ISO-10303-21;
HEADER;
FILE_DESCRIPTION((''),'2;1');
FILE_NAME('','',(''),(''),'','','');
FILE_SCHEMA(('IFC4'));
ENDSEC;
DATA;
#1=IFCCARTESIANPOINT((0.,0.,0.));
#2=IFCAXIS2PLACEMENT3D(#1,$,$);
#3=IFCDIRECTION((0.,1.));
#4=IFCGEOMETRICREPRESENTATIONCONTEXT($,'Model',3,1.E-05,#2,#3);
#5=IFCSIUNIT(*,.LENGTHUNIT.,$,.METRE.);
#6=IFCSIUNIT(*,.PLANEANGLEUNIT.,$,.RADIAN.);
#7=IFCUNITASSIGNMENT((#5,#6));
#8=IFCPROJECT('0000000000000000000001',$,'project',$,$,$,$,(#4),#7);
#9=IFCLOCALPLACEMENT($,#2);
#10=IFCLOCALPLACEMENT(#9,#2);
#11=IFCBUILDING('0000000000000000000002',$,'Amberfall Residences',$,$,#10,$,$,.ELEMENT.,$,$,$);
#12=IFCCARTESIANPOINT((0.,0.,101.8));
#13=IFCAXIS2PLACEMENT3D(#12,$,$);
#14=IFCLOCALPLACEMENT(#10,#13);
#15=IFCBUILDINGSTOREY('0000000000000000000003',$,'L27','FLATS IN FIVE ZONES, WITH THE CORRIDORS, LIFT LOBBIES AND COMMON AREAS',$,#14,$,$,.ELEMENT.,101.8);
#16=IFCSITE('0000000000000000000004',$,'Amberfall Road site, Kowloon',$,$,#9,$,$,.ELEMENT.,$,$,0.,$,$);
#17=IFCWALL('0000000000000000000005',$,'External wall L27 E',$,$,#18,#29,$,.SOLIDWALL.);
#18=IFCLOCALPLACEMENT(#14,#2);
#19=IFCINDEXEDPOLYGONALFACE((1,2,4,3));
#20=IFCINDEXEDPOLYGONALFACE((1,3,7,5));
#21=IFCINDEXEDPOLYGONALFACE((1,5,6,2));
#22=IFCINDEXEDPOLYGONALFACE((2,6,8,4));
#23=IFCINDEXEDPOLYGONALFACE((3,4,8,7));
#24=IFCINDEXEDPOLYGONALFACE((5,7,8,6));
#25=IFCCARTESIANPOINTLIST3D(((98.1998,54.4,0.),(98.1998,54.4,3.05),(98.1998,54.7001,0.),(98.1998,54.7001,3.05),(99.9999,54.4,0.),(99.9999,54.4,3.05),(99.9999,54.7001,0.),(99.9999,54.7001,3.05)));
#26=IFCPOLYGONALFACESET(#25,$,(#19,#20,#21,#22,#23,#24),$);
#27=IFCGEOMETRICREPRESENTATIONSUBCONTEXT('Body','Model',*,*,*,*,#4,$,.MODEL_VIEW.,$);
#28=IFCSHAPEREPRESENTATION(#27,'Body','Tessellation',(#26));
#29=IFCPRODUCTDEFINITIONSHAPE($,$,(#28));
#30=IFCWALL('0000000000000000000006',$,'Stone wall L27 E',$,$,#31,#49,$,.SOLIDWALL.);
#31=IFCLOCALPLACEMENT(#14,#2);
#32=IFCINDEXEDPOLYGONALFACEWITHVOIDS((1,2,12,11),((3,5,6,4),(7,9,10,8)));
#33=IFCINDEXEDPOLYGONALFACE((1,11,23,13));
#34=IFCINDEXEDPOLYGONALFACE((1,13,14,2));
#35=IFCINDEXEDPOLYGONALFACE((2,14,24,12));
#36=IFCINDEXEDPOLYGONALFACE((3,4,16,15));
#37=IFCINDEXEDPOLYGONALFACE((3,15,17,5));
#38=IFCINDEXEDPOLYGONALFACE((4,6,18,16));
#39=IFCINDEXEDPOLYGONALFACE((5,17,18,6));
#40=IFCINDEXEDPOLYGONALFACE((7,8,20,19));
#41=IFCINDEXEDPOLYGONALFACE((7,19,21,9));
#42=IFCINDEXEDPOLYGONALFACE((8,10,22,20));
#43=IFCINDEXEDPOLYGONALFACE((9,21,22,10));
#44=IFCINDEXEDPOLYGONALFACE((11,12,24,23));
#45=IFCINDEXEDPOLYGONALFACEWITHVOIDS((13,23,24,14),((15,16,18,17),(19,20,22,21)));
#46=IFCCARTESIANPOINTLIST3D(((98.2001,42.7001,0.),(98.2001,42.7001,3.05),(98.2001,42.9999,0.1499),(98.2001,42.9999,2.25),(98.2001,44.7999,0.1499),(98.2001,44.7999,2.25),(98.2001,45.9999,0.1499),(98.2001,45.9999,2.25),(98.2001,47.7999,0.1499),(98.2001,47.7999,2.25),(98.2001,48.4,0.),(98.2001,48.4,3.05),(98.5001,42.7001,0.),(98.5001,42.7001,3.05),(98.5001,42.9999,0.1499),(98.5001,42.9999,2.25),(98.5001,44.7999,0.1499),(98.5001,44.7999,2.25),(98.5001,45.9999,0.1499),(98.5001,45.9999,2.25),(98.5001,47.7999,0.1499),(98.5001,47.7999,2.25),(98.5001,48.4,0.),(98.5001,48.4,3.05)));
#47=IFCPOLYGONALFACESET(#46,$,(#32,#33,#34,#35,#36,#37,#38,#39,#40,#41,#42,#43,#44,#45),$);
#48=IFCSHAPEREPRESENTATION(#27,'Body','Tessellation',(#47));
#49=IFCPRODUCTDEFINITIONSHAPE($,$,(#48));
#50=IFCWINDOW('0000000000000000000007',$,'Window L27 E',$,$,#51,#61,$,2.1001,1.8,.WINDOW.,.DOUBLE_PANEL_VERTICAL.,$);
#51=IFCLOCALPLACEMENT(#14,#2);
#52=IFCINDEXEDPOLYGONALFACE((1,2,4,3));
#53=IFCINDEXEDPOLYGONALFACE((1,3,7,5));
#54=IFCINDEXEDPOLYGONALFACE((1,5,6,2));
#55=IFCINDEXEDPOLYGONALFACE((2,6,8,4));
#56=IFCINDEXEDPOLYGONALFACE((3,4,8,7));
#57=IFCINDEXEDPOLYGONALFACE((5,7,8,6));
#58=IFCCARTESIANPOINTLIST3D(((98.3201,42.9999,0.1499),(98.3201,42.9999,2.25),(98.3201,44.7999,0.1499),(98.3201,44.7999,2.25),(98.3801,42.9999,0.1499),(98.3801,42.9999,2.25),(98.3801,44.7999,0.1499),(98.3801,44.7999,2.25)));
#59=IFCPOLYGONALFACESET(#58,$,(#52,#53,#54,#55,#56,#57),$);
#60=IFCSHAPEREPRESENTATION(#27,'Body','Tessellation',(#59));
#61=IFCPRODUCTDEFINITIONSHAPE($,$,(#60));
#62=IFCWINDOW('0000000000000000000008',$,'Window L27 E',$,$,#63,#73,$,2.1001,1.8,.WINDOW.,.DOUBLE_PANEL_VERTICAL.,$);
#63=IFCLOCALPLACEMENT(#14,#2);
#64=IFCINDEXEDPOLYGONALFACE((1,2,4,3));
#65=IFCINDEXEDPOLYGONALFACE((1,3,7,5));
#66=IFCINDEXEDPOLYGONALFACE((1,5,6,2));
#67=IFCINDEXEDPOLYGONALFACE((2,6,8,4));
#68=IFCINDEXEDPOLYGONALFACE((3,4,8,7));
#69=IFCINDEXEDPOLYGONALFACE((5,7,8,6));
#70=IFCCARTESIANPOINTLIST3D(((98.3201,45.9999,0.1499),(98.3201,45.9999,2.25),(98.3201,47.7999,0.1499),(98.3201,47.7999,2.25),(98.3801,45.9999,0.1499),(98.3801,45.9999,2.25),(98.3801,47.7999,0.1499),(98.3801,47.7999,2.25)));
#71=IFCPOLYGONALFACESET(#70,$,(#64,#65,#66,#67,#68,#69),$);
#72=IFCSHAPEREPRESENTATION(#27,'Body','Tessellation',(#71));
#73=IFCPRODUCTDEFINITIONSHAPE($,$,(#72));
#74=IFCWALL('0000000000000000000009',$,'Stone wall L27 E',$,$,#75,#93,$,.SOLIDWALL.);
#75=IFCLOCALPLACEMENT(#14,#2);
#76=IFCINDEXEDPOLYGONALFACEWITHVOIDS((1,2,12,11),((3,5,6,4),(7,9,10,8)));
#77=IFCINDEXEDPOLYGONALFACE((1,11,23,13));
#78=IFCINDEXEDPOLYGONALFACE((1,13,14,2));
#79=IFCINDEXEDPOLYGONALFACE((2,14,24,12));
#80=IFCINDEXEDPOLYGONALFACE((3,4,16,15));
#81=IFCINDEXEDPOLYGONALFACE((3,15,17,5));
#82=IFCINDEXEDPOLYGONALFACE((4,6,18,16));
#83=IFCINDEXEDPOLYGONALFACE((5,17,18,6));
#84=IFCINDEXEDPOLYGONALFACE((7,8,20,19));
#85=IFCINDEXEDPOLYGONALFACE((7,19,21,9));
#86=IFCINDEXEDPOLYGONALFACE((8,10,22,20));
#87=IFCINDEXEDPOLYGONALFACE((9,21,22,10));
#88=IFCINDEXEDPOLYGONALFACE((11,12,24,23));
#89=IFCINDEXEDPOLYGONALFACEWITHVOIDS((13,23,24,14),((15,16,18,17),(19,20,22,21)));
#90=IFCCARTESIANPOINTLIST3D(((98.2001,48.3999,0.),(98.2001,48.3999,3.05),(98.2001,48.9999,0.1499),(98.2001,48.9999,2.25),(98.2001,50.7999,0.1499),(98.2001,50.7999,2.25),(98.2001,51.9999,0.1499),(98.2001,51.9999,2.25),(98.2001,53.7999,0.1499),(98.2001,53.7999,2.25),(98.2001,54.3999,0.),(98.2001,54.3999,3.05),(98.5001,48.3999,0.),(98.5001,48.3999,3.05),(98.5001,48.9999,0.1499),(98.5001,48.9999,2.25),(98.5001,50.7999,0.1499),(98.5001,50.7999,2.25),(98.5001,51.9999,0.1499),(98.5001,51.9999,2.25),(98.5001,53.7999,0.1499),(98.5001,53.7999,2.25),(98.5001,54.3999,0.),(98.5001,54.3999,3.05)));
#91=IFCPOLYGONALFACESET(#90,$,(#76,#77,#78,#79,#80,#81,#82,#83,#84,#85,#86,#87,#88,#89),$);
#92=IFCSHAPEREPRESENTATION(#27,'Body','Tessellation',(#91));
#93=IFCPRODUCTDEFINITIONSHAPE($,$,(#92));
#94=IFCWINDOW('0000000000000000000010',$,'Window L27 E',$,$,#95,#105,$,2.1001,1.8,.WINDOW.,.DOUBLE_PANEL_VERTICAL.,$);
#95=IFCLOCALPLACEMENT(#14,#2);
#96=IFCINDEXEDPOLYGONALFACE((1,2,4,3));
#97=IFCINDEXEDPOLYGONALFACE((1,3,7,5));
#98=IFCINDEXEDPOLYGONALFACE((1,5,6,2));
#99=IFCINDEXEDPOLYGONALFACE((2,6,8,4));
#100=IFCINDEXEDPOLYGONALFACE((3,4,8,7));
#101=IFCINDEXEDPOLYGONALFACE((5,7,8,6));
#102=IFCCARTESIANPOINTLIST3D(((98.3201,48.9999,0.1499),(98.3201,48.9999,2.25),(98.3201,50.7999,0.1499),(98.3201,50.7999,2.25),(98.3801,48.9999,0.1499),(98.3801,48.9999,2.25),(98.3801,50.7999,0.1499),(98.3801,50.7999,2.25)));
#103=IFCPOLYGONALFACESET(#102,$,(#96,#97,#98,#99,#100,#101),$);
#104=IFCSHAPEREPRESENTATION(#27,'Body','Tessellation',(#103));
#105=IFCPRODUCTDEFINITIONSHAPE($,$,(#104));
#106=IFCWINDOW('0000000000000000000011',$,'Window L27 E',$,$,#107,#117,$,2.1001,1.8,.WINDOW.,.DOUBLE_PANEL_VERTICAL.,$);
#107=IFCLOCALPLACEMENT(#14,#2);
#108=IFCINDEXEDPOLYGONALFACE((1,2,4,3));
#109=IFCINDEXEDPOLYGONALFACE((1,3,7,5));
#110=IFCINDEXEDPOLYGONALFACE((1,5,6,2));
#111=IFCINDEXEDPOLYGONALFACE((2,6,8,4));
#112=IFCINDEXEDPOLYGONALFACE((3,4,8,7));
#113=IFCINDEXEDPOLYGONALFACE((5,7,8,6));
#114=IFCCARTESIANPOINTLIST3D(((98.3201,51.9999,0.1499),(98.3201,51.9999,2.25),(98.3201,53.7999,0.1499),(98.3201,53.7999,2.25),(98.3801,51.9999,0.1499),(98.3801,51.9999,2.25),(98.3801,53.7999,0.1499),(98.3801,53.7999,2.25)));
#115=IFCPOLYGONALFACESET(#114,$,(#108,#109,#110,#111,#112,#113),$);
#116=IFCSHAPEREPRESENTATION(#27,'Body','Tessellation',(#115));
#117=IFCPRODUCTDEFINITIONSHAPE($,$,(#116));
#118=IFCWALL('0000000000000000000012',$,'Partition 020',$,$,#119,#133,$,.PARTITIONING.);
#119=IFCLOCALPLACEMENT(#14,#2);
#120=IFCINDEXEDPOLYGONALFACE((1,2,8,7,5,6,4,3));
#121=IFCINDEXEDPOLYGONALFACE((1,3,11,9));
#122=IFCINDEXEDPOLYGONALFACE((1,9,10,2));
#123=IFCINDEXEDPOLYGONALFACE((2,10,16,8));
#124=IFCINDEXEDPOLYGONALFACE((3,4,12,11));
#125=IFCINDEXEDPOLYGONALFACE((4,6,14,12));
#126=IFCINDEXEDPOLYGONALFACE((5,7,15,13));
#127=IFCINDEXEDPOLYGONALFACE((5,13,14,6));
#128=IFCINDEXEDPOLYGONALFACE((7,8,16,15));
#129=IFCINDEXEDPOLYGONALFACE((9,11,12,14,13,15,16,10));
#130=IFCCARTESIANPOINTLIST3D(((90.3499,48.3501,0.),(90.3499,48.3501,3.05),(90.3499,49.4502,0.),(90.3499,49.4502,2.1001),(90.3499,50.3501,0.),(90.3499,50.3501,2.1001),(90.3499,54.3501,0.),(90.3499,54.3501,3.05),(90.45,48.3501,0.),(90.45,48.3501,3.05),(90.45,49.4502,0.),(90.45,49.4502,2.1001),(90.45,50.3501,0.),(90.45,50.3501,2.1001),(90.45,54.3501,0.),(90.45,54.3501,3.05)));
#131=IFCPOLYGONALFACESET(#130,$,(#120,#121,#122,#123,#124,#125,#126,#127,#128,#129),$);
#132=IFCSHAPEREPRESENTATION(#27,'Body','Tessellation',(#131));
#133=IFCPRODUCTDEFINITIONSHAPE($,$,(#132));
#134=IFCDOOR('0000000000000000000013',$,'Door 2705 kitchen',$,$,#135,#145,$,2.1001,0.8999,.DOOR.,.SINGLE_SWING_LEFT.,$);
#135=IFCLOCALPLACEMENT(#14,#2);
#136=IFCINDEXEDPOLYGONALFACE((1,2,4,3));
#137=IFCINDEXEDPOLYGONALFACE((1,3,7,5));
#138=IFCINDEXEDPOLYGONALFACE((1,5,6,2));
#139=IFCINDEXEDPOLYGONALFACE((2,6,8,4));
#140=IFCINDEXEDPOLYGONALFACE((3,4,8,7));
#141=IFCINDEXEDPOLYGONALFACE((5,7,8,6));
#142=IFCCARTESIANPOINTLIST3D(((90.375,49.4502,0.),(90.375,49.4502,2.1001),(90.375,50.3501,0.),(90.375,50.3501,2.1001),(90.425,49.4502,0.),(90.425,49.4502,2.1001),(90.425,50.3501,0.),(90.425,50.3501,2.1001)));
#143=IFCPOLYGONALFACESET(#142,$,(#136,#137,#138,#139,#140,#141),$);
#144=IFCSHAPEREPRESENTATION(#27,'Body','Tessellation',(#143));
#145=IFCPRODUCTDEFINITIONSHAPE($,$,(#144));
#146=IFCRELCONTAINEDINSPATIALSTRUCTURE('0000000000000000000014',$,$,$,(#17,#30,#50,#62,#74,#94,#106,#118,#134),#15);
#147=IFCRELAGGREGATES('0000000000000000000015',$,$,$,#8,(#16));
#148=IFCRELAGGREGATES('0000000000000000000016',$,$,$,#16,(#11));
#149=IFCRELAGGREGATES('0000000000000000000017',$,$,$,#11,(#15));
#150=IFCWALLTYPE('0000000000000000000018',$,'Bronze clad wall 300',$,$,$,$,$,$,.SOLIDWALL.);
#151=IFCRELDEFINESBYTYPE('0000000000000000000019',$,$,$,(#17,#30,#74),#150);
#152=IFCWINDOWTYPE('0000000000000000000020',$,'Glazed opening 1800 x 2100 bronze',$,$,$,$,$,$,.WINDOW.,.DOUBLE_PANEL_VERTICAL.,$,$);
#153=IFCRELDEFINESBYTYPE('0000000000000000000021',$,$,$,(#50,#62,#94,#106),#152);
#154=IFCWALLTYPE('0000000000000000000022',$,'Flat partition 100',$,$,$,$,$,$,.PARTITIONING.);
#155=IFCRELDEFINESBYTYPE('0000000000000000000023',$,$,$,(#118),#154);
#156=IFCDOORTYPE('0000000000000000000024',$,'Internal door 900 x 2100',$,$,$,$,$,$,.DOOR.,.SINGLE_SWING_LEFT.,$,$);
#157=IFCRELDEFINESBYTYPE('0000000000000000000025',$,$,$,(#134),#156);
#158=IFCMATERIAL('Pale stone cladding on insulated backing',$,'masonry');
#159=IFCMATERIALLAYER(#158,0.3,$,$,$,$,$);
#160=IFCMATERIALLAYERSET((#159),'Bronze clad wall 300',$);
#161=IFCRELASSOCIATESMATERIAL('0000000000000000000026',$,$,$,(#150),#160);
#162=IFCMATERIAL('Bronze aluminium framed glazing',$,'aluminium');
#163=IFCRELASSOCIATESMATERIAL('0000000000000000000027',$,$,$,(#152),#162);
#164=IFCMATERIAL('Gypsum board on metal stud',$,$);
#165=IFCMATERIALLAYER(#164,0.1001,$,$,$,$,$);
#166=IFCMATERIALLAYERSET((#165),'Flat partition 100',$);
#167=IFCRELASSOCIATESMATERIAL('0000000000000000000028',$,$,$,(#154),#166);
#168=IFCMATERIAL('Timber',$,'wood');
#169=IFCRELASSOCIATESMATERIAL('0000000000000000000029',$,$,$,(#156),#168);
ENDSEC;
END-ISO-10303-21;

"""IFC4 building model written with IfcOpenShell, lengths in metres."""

from ifc_helpers import new_model, si_unit, direction, frame, frame_2d, origin, place, context, subcontext, project, spatial, rectangle, extrude, material, layer, layer_set, type_object, element, fill, save


model = new_model("IFC4")

# Units and contexts
model_context = context("Model", 3, precision=1e-05, world=origin(), true_north=direction((0.0, 1.0)))
body_context = subcontext(model_context, "Body", "Model", "MODEL_VIEW")
ifc_project = project(units=[si_unit("LENGTHUNIT", "METRE"), si_unit("PLANEANGLEUNIT", "RADIAN")], contexts=[model_context])

# Site, building, storey
site_placement = place(None, origin())
site = spatial("IfcSite", under=ifc_project, at=site_placement, Name="Amberfall Road site, Kowloon", CompositionType="ELEMENT", RefElevation=0.0)
building_placement = place(site_placement, origin())
building = spatial("IfcBuilding", under=site, at=building_placement, Name="Amberfall Residences", CompositionType="ELEMENT")
storey_placement = place(building_placement, frame((0.0, 0.0, 101.8)))
storey = spatial("IfcBuildingStorey", under=building, at=storey_placement, Name="L27", Description="FLATS IN FIVE ZONES, WITH THE CORRIDORS, LIFT LOBBIES AND COMMON AREAS", CompositionType="ELEMENT", Elevation=101.8)

# Wall
ifc_material_1 = material(Name="Pale stone cladding on insulated backing", Category="masonry")
ifc_layer_1 = layer(ifc_material_1, 0.3)
ifc_layer_set_1 = layer_set([ifc_layer_1], Name="Bronze clad wall 300")
wall_type_1 = type_object("IfcWallType", Name="Bronze clad wall 300", PredefinedType="SOLIDWALL", material=ifc_layer_set_1)
wall_1_placement = place(storey_placement, frame((98.2, 54.55, 0.0), z_axis=(0.0, 0.0, 1.0), x_axis=(1.0, 0.0, 0.0)))
element("IfcWall", 1, at=wall_1_placement, inside=storey, type_object=wall_type_1, Name="External wall L27 E", PredefinedType="SOLIDWALL", context=body_context, shape_type="SweptSolid", body=[
    extrude(rectangle(XDim=1.8, YDim=0.3, at=frame_2d((0.8999, 0.0))), origin(), (0.0, 0.0, 1.0), 3.05),
])

# Walls, openings, windows
wall_2_placement = place(storey_placement, frame((98.3501, 42.7, 0.0), z_axis=(0.0, 0.0, 1.0), x_axis=(0.0, 1.0, 0.0)))
wall_2 = element("IfcWall", 2, at=wall_2_placement, inside=storey, type_object=wall_type_1, Name="Stone wall L27 E", PredefinedType="SOLIDWALL", context=body_context, shape_type="SweptSolid", body=[
    extrude(rectangle(XDim=5.7, YDim=0.3, at=frame_2d((2.8501, 0.0))), origin(), (0.0, 0.0, 1.0), 3.05),
])
opening_1_placement = place(wall_2_placement, frame((0.3, 0.0, 0.1499)))
opening_1 = element("IfcOpeningElement", 3, at=opening_1_placement, cuts=wall_2, PredefinedType="OPENING", context=body_context, shape_type="SweptSolid", body=[
    extrude(rectangle(XDim=1.8, YDim=2.1001, at=frame_2d((0.8999, 1.05))), frame((0.0, 0.1599, 0.0), z_axis=(0.0, -1.0, 0.0), x_axis=(1.0, 0.0, 0.0)), (0.0, 0.0, 1.0), 0.3201),
])
opening_2_placement = place(wall_2_placement, frame((3.3, 0.0, 0.1499)))
opening_2 = element("IfcOpeningElement", 4, at=opening_2_placement, cuts=wall_2, PredefinedType="OPENING", context=body_context, shape_type="SweptSolid", body=[
    extrude(rectangle(XDim=1.8, YDim=2.1001, at=frame_2d((0.8999, 1.05))), frame((0.0, 0.1599, 0.0), z_axis=(0.0, -1.0, 0.0), x_axis=(1.0, 0.0, 0.0)), (0.0, 0.0, 1.0), 0.3201),
])
ifc_material_2 = material(Name="Bronze aluminium framed glazing", Category="aluminium")
window_type = type_object("IfcWindowType", Name="Glazed opening 1800 x 2100 bronze", PartitioningType="DOUBLE_PANEL_VERTICAL", PredefinedType="WINDOW", material=ifc_material_2)
window_1_placement = place(opening_1_placement, origin())
window_1 = element("IfcWindow", 5, at=window_1_placement, inside=storey, type_object=window_type, Name="Window L27 E", OverallHeight=2.1001, OverallWidth=1.8, PartitioningType="DOUBLE_PANEL_VERTICAL", PredefinedType="WINDOW", context=body_context, shape_type="SweptSolid", body=[
    extrude(rectangle(XDim=1.8, YDim=2.1001, at=frame_2d((0.8999, 1.05))), frame((0.0, 0.03, 0.0), z_axis=(0.0, -1.0, 0.0), x_axis=(1.0, 0.0, 0.0)), (0.0, 0.0, 1.0), 0.0601),
])
fill(opening_1, window_1)
window_2_placement = place(opening_2_placement, origin())
window_2 = element("IfcWindow", 6, at=window_2_placement, inside=storey, type_object=window_type, Name="Window L27 E", OverallHeight=2.1001, OverallWidth=1.8, PartitioningType="DOUBLE_PANEL_VERTICAL", PredefinedType="WINDOW", context=body_context, shape_type="SweptSolid", body=[
    extrude(rectangle(XDim=1.8, YDim=2.1001, at=frame_2d((0.8999, 1.05))), frame((0.0, 0.03, 0.0), z_axis=(0.0, -1.0, 0.0), x_axis=(1.0, 0.0, 0.0)), (0.0, 0.0, 1.0), 0.0601),
])
fill(opening_2, window_2)
wall_3_placement = place(storey_placement, frame((98.3501, 48.3999, 0.0), z_axis=(0.0, 0.0, 1.0), x_axis=(0.0, 1.0, 0.0)))
wall_3 = element("IfcWall", 7, at=wall_3_placement, inside=storey, type_object=wall_type_1, Name="Stone wall L27 E", PredefinedType="SOLIDWALL", context=body_context, shape_type="SweptSolid", body=[
    extrude(rectangle(XDim=6.0, YDim=0.3, at=frame_2d((3.0, 0.0))), origin(), (0.0, 0.0, 1.0), 3.05),
])
opening_3_placement = place(wall_3_placement, frame((0.6001, 0.0, 0.1499)))
opening_3 = element("IfcOpeningElement", 8, at=opening_3_placement, cuts=wall_3, PredefinedType="OPENING", context=body_context, shape_type="SweptSolid", body=[
    extrude(rectangle(XDim=1.8, YDim=2.1001, at=frame_2d((0.8999, 1.05))), frame((0.0, 0.1599, 0.0), z_axis=(0.0, -1.0, 0.0), x_axis=(1.0, 0.0, 0.0)), (0.0, 0.0, 1.0), 0.3201),
])
opening_4_placement = place(wall_3_placement, frame((3.6001, 0.0, 0.1499)))
opening_4 = element("IfcOpeningElement", 9, at=opening_4_placement, cuts=wall_3, PredefinedType="OPENING", context=body_context, shape_type="SweptSolid", body=[
    extrude(rectangle(XDim=1.8, YDim=2.1001, at=frame_2d((0.8999, 1.05))), frame((0.0, 0.1599, 0.0), z_axis=(0.0, -1.0, 0.0), x_axis=(1.0, 0.0, 0.0)), (0.0, 0.0, 1.0), 0.3201),
])
window_3_placement = place(opening_3_placement, origin())
window_3 = element("IfcWindow", 10, at=window_3_placement, inside=storey, type_object=window_type, Name="Window L27 E", OverallHeight=2.1001, OverallWidth=1.8, PartitioningType="DOUBLE_PANEL_VERTICAL", PredefinedType="WINDOW", context=body_context, shape_type="SweptSolid", body=[
    extrude(rectangle(XDim=1.8, YDim=2.1001, at=frame_2d((0.8999, 1.05))), frame((0.0, 0.03, 0.0), z_axis=(0.0, -1.0, 0.0), x_axis=(1.0, 0.0, 0.0)), (0.0, 0.0, 1.0), 0.0601),
])
fill(opening_3, window_3)
window_4_placement = place(opening_4_placement, origin())
window_4 = element("IfcWindow", 11, at=window_4_placement, inside=storey, type_object=window_type, Name="Window L27 E", OverallHeight=2.1001, OverallWidth=1.8, PartitioningType="DOUBLE_PANEL_VERTICAL", PredefinedType="WINDOW", context=body_context, shape_type="SweptSolid", body=[
    extrude(rectangle(XDim=1.8, YDim=2.1001, at=frame_2d((0.8999, 1.05))), frame((0.0, 0.03, 0.0), z_axis=(0.0, -1.0, 0.0), x_axis=(1.0, 0.0, 0.0)), (0.0, 0.0, 1.0), 0.0601),
])
fill(opening_4, window_4)

# Wall, opening, door
ifc_material_3 = material(Name="Gypsum board on metal stud")
ifc_layer_2 = layer(ifc_material_3, 0.1001)
ifc_layer_set_2 = layer_set([ifc_layer_2], Name="Flat partition 100")
wall_type_2 = type_object("IfcWallType", Name="Flat partition 100", PredefinedType="PARTITIONING", material=ifc_layer_set_2)
wall_4_placement = place(storey_placement, frame((90.3999, 48.3501, 0.0), z_axis=(0.0, 0.0, 1.0), x_axis=(0.0, 1.0, 0.0)))
wall_4 = element("IfcWall", 12, at=wall_4_placement, inside=storey, type_object=wall_type_2, Name="Partition 020", PredefinedType="PARTITIONING", context=body_context, shape_type="SweptSolid", body=[
    extrude(rectangle(XDim=6.0, YDim=0.1001, at=frame_2d((3.0, 0.0))), origin(), (0.0, 0.0, 1.0), 3.05),
])
opening_5_placement = place(wall_4_placement, frame((1.1001, 0.0, 0.0)))
opening_5 = element("IfcOpeningElement", 13, at=opening_5_placement, cuts=wall_4, PredefinedType="OPENING", context=body_context, shape_type="SweptSolid", body=[
    extrude(rectangle(XDim=0.8999, YDim=2.1001, at=frame_2d((0.45, 1.05))), frame((0.0, 0.0601, 0.0), z_axis=(0.0, -1.0, 0.0), x_axis=(1.0, 0.0, 0.0)), (0.0, 0.0, 1.0), 0.1201),
])
ifc_material_4 = material(Name="Timber", Category="wood")
door_type_1 = type_object("IfcDoorType", Name="Internal door 900 x 2100", OperationType="SINGLE_SWING_LEFT", PredefinedType="DOOR", material=ifc_material_4)
door_1_placement = place(opening_5_placement, origin())
door_1 = element("IfcDoor", 14, at=door_1_placement, inside=storey, type_object=door_type_1, Name="Door 2705 kitchen", OperationType="SINGLE_SWING_LEFT", OverallHeight=2.1001, OverallWidth=0.8999, PredefinedType="DOOR", context=body_context, shape_type="SweptSolid", body=[
    extrude(rectangle(XDim=0.8999, YDim=2.1001, at=frame_2d((0.45, 1.05))), frame((0.0, 0.0249, 0.0), z_axis=(0.0, -1.0, 0.0), x_axis=(1.0, 0.0, 0.0)), (0.0, 0.0, 1.0), 0.05),
])
fill(opening_5, door_1)

save(model, "model.ifc")
